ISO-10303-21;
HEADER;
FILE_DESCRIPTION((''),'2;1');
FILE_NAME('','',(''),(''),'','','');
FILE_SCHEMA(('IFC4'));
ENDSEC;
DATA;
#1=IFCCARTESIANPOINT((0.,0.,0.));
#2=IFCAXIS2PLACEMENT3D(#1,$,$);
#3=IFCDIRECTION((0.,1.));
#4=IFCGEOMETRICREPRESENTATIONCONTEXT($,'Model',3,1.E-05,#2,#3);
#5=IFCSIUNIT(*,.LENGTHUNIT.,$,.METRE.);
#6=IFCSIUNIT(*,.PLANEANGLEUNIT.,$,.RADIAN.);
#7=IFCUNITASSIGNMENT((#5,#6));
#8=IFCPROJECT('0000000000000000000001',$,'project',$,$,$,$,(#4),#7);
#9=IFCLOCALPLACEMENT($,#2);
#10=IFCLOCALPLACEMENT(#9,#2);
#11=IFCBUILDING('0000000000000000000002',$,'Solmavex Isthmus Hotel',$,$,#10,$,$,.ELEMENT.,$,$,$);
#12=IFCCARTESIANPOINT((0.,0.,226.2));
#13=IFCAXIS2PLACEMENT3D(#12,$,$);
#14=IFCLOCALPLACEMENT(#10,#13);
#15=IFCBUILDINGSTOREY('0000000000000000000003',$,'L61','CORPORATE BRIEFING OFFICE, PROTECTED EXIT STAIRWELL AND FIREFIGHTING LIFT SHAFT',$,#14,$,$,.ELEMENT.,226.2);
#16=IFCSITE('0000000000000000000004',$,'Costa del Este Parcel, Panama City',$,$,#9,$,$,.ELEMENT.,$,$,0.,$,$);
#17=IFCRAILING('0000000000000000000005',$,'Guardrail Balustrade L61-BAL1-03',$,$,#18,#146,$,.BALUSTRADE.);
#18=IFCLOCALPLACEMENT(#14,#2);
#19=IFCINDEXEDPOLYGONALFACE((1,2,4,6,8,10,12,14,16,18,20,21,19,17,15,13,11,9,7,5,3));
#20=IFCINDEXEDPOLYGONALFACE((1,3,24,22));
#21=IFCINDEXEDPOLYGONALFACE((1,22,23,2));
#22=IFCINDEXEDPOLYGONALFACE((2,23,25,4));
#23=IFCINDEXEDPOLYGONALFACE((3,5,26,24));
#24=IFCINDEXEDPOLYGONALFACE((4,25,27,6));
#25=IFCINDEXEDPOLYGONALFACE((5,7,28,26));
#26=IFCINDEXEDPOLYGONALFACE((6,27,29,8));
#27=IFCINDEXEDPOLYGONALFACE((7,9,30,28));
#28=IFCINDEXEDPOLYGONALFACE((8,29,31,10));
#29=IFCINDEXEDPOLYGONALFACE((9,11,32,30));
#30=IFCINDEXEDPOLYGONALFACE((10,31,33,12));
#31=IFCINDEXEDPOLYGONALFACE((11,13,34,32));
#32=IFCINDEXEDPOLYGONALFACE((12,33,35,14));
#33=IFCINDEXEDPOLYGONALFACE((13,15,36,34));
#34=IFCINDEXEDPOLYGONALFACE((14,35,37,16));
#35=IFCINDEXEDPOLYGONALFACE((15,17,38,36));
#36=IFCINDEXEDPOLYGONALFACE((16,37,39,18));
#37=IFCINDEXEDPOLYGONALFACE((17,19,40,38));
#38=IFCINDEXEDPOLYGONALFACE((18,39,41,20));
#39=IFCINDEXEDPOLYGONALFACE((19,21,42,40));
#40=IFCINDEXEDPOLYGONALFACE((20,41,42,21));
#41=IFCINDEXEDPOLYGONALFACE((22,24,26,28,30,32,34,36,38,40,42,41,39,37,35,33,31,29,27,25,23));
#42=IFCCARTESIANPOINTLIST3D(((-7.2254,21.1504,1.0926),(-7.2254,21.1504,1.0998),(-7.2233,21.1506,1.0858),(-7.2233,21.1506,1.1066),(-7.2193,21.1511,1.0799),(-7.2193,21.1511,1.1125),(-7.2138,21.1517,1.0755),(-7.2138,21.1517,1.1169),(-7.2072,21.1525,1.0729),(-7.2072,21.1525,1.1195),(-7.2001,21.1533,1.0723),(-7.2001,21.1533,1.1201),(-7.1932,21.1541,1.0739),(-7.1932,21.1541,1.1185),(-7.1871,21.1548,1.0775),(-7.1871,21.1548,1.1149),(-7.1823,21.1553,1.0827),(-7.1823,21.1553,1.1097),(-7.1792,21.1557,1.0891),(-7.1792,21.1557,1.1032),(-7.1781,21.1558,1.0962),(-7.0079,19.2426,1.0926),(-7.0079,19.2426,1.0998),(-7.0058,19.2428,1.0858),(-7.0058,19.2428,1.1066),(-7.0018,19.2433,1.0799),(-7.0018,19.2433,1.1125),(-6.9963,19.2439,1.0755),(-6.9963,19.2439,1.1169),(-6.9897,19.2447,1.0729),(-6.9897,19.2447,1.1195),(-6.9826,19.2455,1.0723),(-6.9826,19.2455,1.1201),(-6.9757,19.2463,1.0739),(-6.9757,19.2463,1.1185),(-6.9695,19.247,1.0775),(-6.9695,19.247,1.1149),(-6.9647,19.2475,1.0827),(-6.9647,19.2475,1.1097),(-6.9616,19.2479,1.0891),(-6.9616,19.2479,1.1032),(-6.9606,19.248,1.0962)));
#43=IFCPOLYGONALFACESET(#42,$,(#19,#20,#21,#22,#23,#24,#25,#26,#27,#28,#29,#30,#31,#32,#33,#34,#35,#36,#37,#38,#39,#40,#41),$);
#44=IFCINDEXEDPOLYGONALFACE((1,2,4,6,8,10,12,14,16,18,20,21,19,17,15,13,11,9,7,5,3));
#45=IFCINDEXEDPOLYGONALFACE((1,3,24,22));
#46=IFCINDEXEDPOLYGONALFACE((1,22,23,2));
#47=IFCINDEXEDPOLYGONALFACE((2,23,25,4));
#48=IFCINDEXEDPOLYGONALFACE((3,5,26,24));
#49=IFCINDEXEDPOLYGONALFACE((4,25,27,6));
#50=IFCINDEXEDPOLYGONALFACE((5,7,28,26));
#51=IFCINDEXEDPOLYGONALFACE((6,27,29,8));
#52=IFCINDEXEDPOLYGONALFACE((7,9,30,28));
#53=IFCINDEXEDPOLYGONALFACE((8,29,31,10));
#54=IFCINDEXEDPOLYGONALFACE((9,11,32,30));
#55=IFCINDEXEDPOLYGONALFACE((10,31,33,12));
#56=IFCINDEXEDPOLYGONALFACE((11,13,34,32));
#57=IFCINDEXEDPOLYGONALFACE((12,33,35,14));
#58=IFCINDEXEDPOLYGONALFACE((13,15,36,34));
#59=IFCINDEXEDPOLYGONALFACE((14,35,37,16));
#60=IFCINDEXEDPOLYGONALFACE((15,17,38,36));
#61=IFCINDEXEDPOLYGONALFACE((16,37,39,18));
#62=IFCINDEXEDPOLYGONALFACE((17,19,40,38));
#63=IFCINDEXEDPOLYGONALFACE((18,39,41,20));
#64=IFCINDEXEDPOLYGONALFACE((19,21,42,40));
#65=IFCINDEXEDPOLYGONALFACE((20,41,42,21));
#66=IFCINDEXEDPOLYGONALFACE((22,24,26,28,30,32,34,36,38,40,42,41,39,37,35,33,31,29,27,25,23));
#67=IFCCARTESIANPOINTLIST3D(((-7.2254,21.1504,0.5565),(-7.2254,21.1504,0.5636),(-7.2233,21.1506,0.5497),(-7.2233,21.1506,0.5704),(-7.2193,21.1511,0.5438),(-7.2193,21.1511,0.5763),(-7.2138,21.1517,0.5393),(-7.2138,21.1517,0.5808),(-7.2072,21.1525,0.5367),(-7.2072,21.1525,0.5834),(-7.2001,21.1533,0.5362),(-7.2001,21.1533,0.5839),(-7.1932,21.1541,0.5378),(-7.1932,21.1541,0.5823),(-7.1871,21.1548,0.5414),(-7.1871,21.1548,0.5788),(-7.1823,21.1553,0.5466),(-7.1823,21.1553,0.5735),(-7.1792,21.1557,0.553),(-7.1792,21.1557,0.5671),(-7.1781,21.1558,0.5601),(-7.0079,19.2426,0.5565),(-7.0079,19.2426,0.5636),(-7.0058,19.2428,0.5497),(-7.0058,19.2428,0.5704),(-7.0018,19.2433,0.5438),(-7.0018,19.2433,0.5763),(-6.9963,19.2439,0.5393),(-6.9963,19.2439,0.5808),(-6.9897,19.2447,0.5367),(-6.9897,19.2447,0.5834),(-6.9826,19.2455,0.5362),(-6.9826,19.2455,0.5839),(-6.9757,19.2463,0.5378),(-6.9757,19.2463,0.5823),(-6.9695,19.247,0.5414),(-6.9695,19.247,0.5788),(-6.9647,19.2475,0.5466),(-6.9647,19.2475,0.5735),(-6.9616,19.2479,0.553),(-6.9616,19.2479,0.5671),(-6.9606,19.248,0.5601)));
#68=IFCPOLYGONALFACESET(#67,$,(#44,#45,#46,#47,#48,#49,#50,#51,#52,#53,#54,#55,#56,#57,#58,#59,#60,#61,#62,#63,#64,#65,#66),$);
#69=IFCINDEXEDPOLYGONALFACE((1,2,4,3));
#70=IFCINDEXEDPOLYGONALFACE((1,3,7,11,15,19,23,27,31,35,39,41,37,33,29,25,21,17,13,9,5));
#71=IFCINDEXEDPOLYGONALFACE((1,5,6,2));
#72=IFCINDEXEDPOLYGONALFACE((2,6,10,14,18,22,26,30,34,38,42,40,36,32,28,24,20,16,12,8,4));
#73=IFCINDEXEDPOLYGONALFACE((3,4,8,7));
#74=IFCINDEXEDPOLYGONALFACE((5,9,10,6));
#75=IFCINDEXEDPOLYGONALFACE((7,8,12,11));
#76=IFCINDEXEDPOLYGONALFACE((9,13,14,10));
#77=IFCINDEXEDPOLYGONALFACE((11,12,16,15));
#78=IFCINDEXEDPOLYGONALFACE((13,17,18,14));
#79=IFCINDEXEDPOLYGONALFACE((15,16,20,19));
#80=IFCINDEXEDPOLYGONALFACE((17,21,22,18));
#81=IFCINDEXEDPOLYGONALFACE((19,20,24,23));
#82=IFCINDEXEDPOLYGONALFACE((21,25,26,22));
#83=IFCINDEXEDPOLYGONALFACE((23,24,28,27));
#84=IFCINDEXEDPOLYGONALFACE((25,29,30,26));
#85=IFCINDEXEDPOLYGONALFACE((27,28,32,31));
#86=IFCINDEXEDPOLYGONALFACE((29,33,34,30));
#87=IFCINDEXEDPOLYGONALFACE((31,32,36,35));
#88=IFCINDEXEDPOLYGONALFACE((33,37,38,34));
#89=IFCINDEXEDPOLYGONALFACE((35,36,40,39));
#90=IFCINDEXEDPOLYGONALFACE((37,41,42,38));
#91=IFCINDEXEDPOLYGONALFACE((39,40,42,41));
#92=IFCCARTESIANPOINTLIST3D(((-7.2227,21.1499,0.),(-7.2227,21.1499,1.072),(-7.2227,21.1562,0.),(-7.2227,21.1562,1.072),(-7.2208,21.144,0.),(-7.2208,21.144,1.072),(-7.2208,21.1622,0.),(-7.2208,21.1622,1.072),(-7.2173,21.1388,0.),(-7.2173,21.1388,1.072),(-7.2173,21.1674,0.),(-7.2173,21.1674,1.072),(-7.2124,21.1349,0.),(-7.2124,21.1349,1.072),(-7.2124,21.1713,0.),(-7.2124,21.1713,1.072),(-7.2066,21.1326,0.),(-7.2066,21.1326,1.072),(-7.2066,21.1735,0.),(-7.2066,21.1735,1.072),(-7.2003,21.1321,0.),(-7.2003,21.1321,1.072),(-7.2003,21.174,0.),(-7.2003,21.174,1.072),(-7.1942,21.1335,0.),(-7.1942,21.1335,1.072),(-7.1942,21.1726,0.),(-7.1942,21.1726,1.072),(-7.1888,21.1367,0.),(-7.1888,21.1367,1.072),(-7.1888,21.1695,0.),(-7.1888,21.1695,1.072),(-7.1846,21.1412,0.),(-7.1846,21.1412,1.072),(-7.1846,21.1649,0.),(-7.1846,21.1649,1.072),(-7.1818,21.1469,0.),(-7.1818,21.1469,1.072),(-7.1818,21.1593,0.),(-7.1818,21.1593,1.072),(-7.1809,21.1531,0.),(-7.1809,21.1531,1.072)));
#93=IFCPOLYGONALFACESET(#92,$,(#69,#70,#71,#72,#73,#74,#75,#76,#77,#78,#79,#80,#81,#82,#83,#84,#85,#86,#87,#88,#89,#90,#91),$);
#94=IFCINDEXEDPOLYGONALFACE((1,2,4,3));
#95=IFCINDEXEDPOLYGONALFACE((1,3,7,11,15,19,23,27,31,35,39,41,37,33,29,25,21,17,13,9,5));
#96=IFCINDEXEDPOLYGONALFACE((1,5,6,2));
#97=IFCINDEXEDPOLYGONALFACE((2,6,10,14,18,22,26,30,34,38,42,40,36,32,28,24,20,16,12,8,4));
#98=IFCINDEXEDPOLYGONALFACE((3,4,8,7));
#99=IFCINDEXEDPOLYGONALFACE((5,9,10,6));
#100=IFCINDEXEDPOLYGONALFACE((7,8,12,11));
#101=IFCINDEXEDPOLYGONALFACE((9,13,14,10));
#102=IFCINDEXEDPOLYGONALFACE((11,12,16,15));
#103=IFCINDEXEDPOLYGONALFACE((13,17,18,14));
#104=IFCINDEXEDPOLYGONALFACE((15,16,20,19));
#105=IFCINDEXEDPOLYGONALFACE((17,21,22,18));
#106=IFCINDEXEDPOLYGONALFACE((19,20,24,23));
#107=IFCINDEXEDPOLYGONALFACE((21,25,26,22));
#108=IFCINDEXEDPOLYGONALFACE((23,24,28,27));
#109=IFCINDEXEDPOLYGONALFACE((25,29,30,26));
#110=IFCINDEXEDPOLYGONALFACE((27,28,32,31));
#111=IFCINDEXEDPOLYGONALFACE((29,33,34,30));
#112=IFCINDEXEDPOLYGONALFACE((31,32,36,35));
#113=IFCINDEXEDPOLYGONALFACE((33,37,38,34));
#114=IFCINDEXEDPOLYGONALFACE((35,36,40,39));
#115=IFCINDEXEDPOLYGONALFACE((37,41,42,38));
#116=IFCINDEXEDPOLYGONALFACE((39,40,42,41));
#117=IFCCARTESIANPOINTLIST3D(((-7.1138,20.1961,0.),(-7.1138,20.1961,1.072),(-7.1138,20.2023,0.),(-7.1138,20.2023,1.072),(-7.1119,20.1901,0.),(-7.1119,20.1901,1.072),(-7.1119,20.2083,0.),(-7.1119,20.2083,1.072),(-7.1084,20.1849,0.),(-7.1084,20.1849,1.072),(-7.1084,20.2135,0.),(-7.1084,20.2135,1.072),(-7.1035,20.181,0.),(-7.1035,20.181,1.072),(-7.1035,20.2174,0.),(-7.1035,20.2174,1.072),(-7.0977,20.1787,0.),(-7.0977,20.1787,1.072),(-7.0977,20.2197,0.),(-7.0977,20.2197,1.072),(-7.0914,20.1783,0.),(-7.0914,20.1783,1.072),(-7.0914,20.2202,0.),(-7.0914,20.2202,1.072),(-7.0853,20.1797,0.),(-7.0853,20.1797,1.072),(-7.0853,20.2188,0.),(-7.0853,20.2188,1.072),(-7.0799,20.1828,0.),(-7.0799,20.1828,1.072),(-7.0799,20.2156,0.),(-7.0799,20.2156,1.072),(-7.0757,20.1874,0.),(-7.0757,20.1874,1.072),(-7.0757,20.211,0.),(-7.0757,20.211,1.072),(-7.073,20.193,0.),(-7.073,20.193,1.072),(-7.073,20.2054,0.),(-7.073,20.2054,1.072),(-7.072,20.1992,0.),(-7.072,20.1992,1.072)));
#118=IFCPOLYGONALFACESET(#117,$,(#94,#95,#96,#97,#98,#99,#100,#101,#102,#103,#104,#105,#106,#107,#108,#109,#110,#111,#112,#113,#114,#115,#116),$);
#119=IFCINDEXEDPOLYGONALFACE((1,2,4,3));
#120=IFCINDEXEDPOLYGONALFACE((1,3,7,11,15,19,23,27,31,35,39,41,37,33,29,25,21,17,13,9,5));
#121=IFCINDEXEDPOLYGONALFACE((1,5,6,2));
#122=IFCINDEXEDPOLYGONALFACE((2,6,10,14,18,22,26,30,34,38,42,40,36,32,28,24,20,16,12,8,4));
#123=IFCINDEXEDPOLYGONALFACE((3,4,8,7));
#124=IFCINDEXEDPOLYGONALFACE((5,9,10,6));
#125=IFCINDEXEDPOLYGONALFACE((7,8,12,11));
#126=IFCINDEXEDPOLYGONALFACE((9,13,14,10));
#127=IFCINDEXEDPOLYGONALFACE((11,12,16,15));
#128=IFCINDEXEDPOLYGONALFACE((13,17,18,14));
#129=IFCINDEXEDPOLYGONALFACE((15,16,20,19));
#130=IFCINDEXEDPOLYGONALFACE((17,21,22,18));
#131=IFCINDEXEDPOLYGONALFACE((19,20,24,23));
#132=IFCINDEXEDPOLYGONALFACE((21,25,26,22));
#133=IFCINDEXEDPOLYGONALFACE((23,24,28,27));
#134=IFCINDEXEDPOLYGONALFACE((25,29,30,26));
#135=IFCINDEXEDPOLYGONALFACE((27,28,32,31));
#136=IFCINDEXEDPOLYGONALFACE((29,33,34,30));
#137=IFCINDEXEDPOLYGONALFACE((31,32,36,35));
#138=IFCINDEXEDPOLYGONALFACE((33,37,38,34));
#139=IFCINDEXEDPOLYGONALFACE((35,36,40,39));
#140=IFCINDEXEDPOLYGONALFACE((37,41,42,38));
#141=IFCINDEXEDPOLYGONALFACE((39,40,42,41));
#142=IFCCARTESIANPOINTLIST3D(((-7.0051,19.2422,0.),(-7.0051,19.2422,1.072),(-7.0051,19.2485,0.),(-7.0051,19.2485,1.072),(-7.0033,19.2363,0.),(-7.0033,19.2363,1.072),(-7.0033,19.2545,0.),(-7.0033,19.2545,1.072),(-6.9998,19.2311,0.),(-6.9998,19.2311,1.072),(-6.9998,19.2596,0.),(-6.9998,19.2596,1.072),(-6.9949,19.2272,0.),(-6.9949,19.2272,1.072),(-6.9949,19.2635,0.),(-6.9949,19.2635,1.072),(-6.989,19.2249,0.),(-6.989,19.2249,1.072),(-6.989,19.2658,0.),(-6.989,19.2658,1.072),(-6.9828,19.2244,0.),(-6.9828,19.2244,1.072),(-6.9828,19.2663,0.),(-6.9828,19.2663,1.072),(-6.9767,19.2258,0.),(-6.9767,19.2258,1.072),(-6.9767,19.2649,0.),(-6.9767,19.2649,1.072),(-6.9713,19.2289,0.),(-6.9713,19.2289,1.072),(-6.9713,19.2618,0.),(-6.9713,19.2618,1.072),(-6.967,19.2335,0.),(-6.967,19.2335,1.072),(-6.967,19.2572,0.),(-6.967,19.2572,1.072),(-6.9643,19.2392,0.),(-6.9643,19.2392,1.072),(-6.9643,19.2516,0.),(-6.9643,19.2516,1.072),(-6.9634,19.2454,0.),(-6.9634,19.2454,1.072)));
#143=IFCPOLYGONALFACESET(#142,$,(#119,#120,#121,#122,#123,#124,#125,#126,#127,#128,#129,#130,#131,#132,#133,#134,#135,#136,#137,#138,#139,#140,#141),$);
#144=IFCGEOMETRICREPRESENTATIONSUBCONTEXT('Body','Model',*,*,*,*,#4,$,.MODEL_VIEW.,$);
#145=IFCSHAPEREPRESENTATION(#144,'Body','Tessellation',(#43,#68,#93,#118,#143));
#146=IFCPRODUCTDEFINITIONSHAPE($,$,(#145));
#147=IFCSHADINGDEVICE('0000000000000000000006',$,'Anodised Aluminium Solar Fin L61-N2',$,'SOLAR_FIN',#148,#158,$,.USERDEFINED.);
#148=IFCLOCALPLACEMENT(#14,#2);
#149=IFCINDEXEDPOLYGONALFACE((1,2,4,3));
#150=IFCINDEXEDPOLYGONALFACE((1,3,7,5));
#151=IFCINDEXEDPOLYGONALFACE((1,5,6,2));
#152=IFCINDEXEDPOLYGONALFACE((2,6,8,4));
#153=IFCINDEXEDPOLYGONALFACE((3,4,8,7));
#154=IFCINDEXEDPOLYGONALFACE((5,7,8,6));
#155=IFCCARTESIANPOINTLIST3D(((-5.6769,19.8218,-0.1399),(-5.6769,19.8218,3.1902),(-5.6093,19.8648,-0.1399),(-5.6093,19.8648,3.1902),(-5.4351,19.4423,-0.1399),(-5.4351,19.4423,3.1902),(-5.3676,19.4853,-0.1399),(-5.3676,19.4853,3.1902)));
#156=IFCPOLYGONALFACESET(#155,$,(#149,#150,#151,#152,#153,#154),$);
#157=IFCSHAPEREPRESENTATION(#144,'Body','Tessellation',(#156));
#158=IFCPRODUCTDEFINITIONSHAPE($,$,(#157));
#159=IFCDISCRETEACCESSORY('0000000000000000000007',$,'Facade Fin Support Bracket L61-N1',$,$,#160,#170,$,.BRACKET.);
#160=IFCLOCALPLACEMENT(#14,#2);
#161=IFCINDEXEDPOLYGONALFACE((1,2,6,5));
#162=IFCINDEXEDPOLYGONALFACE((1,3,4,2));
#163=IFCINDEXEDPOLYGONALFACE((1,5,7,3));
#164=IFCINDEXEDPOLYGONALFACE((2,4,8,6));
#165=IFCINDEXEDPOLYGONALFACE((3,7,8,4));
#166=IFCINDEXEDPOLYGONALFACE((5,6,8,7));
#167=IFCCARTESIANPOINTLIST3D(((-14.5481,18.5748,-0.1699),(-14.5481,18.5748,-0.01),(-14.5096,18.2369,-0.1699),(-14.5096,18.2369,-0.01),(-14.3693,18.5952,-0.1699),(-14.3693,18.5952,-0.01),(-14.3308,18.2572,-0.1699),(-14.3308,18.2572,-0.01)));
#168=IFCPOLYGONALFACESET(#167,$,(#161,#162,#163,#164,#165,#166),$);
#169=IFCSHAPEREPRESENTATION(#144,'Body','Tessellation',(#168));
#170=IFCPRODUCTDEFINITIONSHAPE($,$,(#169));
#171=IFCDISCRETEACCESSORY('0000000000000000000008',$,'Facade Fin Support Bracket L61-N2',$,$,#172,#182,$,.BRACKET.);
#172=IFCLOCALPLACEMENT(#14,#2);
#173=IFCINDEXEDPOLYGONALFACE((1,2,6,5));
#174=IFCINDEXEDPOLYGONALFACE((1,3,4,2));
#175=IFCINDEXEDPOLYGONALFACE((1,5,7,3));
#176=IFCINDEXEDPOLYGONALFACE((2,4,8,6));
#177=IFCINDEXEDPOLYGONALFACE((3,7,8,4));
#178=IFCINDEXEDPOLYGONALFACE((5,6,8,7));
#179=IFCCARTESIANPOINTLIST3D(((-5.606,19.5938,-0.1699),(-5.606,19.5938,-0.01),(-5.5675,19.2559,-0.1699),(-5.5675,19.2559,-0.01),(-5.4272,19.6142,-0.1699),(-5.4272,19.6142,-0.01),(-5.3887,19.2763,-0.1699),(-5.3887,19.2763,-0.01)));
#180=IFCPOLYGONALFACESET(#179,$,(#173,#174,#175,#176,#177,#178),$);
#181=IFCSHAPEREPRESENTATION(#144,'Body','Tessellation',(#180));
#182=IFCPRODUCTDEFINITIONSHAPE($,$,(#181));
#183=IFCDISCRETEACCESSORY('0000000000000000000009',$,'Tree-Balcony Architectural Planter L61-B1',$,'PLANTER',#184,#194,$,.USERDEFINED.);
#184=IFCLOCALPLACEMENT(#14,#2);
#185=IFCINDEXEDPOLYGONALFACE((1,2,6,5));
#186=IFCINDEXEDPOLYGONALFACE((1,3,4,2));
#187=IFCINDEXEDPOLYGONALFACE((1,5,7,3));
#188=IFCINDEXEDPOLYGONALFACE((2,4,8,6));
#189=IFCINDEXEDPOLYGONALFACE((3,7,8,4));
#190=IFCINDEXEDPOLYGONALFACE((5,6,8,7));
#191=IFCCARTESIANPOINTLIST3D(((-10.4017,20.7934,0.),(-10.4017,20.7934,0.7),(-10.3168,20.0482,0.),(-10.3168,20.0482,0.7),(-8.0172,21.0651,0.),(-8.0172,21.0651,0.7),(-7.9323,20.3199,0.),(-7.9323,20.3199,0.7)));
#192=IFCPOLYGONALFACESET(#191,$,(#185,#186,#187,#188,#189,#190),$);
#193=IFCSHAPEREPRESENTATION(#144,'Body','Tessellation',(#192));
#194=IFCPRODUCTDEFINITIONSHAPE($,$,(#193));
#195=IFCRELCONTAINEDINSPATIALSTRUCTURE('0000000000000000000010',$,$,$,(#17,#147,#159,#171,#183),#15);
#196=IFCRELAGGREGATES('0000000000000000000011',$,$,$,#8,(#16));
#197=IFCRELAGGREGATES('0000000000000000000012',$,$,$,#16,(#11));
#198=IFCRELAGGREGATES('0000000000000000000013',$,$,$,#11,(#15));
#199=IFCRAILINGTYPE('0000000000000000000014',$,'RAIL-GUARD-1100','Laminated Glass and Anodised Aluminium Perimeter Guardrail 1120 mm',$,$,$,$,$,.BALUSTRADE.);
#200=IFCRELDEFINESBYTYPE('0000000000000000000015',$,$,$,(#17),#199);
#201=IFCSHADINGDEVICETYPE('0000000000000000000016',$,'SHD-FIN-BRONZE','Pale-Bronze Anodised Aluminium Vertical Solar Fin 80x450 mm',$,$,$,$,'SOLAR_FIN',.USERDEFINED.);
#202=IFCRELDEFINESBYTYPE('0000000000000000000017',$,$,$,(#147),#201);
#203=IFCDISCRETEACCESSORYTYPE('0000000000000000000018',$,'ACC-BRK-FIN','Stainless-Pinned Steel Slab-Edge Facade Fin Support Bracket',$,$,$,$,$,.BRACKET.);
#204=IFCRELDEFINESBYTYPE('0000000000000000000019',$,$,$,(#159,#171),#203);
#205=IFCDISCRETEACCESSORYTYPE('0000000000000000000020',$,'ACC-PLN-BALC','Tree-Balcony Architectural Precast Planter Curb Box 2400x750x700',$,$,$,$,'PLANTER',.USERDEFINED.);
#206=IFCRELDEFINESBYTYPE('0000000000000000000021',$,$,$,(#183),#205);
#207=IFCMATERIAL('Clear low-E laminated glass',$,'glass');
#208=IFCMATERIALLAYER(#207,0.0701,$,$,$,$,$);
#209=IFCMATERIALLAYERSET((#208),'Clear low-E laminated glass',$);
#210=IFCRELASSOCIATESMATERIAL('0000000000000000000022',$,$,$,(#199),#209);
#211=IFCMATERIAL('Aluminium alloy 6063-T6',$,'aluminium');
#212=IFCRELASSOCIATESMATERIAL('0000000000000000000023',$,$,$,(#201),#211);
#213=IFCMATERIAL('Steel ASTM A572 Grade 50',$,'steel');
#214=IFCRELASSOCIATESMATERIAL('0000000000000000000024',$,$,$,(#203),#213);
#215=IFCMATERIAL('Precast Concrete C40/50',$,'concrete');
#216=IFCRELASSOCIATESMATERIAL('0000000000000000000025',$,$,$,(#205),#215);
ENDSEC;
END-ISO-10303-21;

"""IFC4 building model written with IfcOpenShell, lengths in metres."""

from ifc_helpers import new_model, si_unit, direction, frame, origin, origin_2d, place, context, subcontext, project, spatial, rectangle, circle, extrude, material, layer, layer_set, type_object, element, save


model = new_model("IFC4")

# Units and contexts
model_context = context("Model", 3, precision=1e-05, world=origin(), true_north=direction((0.0, 1.0)))
body_context = subcontext(model_context, "Body", "Model", "MODEL_VIEW")
ifc_project = project(units=[si_unit("LENGTHUNIT", "METRE"), si_unit("PLANEANGLEUNIT", "RADIAN")], contexts=[model_context])

# Site, building, storey
site_placement = place(None, origin())
site = spatial("IfcSite", under=ifc_project, at=site_placement, Name="Costa del Este Parcel, Panama City", CompositionType="ELEMENT", RefElevation=0.0)
building_placement = place(site_placement, origin())
building = spatial("IfcBuilding", under=site, at=building_placement, Name="Solmavex Isthmus Hotel", CompositionType="ELEMENT")
storey_placement = place(building_placement, frame((0.0, 0.0, 226.2)))
storey = spatial("IfcBuildingStorey", under=building, at=storey_placement, Name="L61", Description="CORPORATE BRIEFING OFFICE, PROTECTED EXIT STAIRWELL AND FIREFIGHTING LIFT SHAFT", CompositionType="ELEMENT", Elevation=226.2)

# Shared definitions
ifc_material_1 = material(Name="Aluminium alloy 6063-T6", Category="aluminium")

# Shared definitions
ifc_material_2 = material(Name="Clear low-E laminated glass", Category="glass")

# Shared definitions
ifc_material_3 = material(Name="Precast Concrete C40/50", Category="concrete")

# Railing
ifc_layer_1 = layer(ifc_material_2, 0.0701)
ifc_layer_set_1 = layer_set([ifc_layer_1], Name="Clear low-E laminated glass")
railing_type = type_object("IfcRailingType", Name="RAIL-GUARD-1100", Description="Laminated Glass and Anodised Aluminium Perimeter Guardrail 1120 mm", PredefinedType="BALUSTRADE", material=ifc_layer_set_1)
railing_1_placement = place(storey_placement, frame((-7.2019, 21.1531, 0.0)))
element("IfcRailing", 1, at=railing_1_placement, inside=storey, type_object=railing_type, Name="Guardrail Balustrade L61-BAL1-03", PredefinedType="BALUSTRADE", context=body_context, shape_type="SweptSolid", body=[
    extrude(circle(Radius=0.0239, at=origin_2d()), frame((0.0, 0.0, 1.0962), z_axis=(0.113292, -0.993562, 0.0), x_axis=(0.993562, 0.113292, 0.0)), (0.0, 0.0, 1.0), 1.9202),
    extrude(circle(Radius=0.0239, at=origin_2d()), frame((0.0, 0.0, 0.5601), z_axis=(0.113292, -0.993562, 0.0), x_axis=(0.993562, 0.113292, 0.0)), (0.0, 0.0, 1.0), 1.9202),
    extrude(circle(Radius=0.021, at=origin_2d()), origin(), (0.0, 0.0, 1.0), 1.072),
    extrude(circle(Radius=0.021, at=origin_2d()), frame((0.1089, -0.9539, 0.0)), (0.0, 0.0, 1.0), 1.072),
    extrude(circle(Radius=0.021, at=origin_2d()), frame((0.2175, -1.9077, 0.0)), (0.0, 0.0, 1.0), 1.072),
])

# Shading device
shading_device_type = type_object("IfcShadingDeviceType", Name="SHD-FIN-BRONZE", Description="Pale-Bronze Anodised Aluminium Vertical Solar Fin 80x450 mm", ElementType="SOLAR_FIN", PredefinedType="USERDEFINED", material=ifc_material_1)
shading_device_placement = place(storey_placement, frame((-5.5222, 19.6536, -0.1399), z_axis=(0.0, 0.0, 1.0), x_axis=(-0.5373, 0.843391, 0.0)))
element("IfcShadingDevice", 2, at=shading_device_placement, inside=storey, type_object=shading_device_type, Name="Anodised Aluminium Solar Fin L61-N2", ObjectType="SOLAR_FIN", PredefinedType="USERDEFINED", context=body_context, shape_type="SweptSolid", body=[
    extrude(rectangle(XDim=0.45, YDim=0.0801, at=origin_2d()), origin(), (0.0, 0.0, 1.0), 3.3301),
])

# Discrete accessories
ifc_material_4 = material(Name="Steel ASTM A572 Grade 50", Category="steel")
discrete_accessory_type_1 = type_object("IfcDiscreteAccessoryType", Name="ACC-BRK-FIN", Description="Stainless-Pinned Steel Slab-Edge Facade Fin Support Bracket", PredefinedType="BRACKET", material=ifc_material_4)
for number, where, z_axis, x_axis, name in (
    (3, (-14.4395, 18.416, -0.1699), (0.0, 0.0, 1.0), (-0.113203, 0.993572, 0.0), "Facade Fin Support Bracket L61-N1"),
    (4, (-5.4973, 19.4351, -0.1699), (0.0, 0.0, 1.0), (-0.113203, 0.993572, 0.0), "Facade Fin Support Bracket L61-N2"),
):
    element("IfcDiscreteAccessory", number, at=place(storey_placement, frame(where, z_axis=z_axis, x_axis=x_axis)), inside=storey, type_object=discrete_accessory_type_1, Name=name, PredefinedType="BRACKET", context=body_context, shape_type="SweptSolid", body=[
        extrude(rectangle(XDim=0.3401, YDim=0.1799, at=origin_2d()), origin(), (0.0, 0.0, 1.0), 0.1599),
    ])
discrete_accessory_type_2 = type_object("IfcDiscreteAccessoryType", Name="ACC-PLN-BALC", Description="Tree-Balcony Architectural Precast Planter Curb Box 2400x750x700", ElementType="PLANTER", PredefinedType="USERDEFINED", material=ifc_material_3)
discrete_accessory_placement = place(storey_placement, frame((-9.167, 20.5566, 0.0), z_axis=(0.0, 0.0, 1.0), x_axis=(0.993572, 0.113203, 0.0)))
element("IfcDiscreteAccessory", 5, at=discrete_accessory_placement, inside=storey, type_object=discrete_accessory_type_2, Name="Tree-Balcony Architectural Planter L61-B1", ObjectType="PLANTER", PredefinedType="USERDEFINED", context=body_context, shape_type="SweptSolid", body=[
    extrude(rectangle(XDim=2.3999, YDim=0.75, at=origin_2d()), origin(), (0.0, 0.0, 1.0), 0.7),
])

save(model, "model.ifc")
